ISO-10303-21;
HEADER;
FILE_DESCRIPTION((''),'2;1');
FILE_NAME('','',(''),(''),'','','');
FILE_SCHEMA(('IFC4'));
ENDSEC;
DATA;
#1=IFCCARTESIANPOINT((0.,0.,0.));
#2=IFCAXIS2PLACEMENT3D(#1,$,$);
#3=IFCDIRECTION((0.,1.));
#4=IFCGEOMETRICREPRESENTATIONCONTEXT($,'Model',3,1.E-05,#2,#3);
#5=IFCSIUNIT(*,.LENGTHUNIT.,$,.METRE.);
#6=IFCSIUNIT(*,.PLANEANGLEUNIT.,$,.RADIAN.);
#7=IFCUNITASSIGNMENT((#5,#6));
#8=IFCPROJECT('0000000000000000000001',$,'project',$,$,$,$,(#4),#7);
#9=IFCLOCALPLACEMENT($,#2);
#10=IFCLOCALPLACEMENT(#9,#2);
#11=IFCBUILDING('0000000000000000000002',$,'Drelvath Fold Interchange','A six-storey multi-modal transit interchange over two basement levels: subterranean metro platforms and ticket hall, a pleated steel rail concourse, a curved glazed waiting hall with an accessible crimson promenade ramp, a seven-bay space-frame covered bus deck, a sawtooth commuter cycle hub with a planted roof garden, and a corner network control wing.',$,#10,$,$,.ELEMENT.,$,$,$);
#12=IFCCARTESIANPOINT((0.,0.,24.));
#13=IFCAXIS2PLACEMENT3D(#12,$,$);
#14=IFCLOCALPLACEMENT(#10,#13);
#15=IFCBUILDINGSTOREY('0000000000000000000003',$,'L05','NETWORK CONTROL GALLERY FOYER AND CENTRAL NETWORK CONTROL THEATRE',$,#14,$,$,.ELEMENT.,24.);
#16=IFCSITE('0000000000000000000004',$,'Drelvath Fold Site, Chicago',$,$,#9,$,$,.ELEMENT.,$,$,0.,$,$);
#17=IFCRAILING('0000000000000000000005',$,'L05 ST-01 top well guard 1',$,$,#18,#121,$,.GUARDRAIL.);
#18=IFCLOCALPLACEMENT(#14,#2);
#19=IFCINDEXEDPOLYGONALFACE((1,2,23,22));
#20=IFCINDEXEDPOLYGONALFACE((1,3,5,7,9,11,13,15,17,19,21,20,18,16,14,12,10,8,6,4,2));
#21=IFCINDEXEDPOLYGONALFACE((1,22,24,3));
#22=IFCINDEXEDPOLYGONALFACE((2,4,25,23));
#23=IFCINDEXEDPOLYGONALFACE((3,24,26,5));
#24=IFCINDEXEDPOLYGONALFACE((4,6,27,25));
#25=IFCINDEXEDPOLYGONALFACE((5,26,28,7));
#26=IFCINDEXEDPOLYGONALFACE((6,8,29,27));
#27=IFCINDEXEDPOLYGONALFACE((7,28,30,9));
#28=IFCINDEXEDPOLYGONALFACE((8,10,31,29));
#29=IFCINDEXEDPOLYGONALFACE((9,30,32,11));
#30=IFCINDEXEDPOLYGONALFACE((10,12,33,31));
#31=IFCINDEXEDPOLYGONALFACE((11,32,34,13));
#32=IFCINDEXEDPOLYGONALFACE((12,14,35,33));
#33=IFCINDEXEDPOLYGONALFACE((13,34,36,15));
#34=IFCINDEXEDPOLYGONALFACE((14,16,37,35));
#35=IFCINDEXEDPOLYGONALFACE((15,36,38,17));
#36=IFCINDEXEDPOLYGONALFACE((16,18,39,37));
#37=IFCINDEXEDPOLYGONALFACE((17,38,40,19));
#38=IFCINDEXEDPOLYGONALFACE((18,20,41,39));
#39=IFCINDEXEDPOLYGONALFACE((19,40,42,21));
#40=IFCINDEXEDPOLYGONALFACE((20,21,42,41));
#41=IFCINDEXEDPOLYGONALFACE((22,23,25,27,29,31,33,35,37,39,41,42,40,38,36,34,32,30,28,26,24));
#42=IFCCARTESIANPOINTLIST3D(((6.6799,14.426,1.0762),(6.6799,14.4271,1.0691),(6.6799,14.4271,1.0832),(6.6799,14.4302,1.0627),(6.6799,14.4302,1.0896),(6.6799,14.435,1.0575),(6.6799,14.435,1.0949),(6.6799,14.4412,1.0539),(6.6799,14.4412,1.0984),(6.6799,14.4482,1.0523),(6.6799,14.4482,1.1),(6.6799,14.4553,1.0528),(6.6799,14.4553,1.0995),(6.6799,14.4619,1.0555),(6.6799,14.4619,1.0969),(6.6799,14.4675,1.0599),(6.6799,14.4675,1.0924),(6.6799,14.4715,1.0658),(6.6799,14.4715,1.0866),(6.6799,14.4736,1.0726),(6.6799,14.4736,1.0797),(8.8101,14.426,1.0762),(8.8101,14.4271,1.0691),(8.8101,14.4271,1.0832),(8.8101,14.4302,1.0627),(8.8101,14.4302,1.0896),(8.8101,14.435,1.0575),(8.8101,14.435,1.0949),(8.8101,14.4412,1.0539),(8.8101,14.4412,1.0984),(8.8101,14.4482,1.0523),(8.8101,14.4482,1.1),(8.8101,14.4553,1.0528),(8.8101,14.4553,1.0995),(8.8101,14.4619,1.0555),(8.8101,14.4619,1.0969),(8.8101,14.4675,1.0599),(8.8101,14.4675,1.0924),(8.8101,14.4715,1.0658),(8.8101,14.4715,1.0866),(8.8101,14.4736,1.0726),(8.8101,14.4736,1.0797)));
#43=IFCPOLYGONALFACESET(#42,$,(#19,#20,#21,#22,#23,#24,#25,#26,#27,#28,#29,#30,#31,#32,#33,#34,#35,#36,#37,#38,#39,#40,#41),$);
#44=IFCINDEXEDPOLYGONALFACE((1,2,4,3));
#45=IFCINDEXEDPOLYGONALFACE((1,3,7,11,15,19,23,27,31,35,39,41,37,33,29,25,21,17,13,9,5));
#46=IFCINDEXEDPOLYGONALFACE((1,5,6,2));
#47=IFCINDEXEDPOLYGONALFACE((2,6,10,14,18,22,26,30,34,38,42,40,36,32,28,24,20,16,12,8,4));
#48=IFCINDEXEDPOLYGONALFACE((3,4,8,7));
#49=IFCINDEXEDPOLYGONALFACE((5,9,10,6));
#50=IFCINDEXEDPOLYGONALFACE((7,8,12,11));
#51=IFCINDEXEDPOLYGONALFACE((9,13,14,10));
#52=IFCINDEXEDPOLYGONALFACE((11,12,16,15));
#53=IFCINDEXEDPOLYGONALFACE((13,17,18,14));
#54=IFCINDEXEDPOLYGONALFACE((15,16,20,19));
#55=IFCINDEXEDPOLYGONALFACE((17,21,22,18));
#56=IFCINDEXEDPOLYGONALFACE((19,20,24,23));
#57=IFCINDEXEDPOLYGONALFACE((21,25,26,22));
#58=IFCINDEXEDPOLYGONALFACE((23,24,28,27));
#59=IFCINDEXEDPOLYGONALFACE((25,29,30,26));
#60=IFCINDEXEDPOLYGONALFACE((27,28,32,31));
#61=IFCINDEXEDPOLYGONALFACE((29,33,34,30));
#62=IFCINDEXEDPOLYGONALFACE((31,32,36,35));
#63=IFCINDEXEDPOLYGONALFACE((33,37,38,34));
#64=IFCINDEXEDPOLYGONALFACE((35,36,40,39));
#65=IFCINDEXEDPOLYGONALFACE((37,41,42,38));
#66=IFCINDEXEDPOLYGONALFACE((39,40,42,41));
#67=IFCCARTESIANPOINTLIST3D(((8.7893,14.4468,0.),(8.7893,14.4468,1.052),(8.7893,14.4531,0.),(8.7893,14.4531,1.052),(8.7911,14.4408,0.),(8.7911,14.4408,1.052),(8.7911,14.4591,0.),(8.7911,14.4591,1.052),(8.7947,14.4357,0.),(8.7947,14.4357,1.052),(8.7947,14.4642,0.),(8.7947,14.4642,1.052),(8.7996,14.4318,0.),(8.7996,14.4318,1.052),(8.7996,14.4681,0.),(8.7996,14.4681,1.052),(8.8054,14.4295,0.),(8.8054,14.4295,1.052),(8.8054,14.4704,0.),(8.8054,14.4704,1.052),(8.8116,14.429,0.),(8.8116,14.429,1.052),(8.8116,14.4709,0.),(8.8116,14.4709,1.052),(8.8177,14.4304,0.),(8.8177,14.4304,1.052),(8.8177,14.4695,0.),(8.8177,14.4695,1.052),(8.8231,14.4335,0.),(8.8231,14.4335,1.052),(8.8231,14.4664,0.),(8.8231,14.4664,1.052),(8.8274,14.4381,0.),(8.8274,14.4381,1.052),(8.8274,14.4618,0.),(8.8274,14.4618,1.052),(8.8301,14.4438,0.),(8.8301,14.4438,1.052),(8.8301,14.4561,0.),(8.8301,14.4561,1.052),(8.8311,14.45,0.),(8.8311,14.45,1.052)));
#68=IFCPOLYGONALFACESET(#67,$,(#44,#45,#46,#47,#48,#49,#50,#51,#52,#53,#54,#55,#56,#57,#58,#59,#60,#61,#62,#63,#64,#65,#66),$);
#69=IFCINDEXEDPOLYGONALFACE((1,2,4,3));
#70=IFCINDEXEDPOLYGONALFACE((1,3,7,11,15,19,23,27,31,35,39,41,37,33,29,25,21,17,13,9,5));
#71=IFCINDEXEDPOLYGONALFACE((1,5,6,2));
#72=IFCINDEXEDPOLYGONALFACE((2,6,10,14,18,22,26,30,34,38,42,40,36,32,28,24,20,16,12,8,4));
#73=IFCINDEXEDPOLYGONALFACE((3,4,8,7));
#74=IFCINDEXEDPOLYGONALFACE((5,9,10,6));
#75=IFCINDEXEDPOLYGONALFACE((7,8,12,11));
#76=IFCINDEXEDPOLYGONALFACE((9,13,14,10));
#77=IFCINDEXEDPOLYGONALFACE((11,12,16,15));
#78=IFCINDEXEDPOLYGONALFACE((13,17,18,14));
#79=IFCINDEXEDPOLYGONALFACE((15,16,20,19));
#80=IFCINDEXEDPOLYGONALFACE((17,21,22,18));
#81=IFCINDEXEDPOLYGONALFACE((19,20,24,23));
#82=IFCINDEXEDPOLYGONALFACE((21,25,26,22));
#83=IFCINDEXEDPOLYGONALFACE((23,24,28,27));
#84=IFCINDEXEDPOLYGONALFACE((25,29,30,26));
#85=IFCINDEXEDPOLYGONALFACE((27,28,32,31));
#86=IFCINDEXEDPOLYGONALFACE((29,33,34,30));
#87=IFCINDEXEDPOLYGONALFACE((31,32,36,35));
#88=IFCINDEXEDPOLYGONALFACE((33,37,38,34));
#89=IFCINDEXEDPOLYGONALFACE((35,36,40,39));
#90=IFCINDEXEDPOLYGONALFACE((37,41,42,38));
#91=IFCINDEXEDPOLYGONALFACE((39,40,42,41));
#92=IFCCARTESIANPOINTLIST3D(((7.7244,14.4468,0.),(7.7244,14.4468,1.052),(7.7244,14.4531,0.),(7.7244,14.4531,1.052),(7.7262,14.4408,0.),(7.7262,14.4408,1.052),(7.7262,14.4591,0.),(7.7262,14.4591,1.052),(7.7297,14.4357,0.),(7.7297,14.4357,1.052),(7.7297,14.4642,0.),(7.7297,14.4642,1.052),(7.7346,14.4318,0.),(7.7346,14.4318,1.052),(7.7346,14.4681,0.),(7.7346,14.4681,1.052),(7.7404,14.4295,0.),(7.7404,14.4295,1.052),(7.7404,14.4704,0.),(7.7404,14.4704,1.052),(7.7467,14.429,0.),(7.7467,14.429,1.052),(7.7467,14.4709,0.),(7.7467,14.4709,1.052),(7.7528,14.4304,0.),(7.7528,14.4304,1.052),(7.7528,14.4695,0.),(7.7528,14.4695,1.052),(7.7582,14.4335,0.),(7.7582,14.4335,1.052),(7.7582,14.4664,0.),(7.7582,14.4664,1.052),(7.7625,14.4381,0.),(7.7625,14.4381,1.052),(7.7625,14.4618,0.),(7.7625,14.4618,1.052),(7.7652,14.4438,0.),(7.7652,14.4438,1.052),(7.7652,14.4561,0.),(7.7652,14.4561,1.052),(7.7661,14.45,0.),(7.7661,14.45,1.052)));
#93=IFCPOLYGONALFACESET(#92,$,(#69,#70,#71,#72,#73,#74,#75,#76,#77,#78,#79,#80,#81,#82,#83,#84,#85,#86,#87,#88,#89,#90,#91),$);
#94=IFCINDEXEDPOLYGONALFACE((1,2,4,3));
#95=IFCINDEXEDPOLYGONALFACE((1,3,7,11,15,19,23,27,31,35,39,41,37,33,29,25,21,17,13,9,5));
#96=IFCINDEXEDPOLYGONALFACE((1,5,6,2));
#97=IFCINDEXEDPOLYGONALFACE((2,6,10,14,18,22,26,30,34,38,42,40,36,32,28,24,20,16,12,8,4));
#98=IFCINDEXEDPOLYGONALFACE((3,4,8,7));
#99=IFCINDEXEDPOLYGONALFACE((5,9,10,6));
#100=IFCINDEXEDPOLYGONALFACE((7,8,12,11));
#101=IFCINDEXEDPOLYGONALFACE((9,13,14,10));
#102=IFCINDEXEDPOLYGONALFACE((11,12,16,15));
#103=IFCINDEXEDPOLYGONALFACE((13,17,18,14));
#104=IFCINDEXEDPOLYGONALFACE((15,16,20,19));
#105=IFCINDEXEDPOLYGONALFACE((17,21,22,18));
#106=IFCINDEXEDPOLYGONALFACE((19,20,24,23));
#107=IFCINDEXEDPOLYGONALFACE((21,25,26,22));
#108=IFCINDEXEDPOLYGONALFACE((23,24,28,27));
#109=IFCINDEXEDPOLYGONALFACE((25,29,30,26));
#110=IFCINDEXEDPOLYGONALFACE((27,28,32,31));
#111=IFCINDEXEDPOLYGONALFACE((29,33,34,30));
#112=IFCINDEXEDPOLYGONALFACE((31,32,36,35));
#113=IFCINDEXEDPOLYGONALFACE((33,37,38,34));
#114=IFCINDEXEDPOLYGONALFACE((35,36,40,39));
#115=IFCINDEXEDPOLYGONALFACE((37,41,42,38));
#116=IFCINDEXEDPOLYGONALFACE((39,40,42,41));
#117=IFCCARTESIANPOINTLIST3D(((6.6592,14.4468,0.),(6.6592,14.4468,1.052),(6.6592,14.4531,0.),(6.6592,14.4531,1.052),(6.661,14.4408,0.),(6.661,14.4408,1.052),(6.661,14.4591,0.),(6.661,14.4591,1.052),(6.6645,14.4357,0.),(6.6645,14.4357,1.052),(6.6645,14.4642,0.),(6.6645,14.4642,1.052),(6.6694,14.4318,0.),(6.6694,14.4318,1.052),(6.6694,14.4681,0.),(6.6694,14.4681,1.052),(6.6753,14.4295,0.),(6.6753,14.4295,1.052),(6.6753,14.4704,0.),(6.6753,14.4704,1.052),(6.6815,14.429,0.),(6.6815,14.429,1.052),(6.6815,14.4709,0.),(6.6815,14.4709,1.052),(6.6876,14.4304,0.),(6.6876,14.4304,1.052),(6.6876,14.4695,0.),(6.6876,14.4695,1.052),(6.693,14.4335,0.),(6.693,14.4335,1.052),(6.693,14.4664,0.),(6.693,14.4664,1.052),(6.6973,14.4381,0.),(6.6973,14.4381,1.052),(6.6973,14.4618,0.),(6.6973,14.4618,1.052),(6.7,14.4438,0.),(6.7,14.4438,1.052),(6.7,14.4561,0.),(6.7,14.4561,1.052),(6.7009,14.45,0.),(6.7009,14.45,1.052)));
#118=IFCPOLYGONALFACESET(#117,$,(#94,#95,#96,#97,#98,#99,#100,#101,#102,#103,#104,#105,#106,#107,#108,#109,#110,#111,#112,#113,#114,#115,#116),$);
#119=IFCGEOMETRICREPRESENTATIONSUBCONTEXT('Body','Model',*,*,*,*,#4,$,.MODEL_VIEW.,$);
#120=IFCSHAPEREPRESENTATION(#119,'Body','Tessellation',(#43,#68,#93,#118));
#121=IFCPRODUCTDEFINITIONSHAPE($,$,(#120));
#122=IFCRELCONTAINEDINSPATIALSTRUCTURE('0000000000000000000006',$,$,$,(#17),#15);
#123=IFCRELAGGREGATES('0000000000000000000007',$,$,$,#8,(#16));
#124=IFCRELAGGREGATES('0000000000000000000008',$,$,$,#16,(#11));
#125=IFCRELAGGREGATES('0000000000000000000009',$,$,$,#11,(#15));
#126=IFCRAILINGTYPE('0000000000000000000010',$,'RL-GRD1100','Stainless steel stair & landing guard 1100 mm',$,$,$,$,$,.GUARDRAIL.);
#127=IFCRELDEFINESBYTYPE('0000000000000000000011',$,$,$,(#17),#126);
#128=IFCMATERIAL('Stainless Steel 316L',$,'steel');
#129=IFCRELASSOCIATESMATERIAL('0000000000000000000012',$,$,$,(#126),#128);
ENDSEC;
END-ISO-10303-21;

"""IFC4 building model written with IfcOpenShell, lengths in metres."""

from ifc_helpers import new_model, si_unit, direction, frame, origin, origin_2d, place, context, subcontext, project, spatial, circle, extrude, material, type_object, element, save


model = new_model("IFC4")

# Units and contexts
model_context = context("Model", 3, precision=1e-05, world=origin(), true_north=direction((0.0, 1.0)))
body_context = subcontext(model_context, "Body", "Model", "MODEL_VIEW")
ifc_project = project(units=[si_unit("LENGTHUNIT", "METRE"), si_unit("PLANEANGLEUNIT", "RADIAN")], contexts=[model_context])

# Site, building, storey
site_placement = place(None, origin())
site = spatial("IfcSite", under=ifc_project, at=site_placement, Name="Drelvath Fold Site, Chicago", CompositionType="ELEMENT", RefElevation=0.0)
building_placement = place(site_placement, origin())
building = spatial("IfcBuilding", under=site, at=building_placement, Name="Drelvath Fold Interchange", Description="A six-storey multi-modal transit interchange over two basement levels: subterranean metro platforms and ticket hall, a pleated steel rail concourse, a curved glazed waiting hall with an accessible crimson promenade ramp, a seven-bay space-frame covered bus deck, a sawtooth commuter cycle hub with a planted roof garden, and a corner network control wing.", CompositionType="ELEMENT")
storey_placement = place(building_placement, frame((0.0, 0.0, 24.0)))
storey = spatial("IfcBuildingStorey", under=building, at=storey_placement, Name="L05", Description="NETWORK CONTROL GALLERY FOYER AND CENTRAL NETWORK CONTROL THEATRE", CompositionType="ELEMENT", Elevation=24.0)

# Railing
ifc_material_1 = material(Name="Stainless Steel 316L", Category="steel")
railing_type = type_object("IfcRailingType", Name="RL-GRD1100", Description="Stainless steel stair & landing guard 1100 mm", PredefinedType="GUARDRAIL", material=ifc_material_1)
railing_placement = place(storey_placement, frame((8.8101, 14.45, 0.0)))
element("IfcRailing", 1, at=railing_placement, inside=storey, type_object=railing_type, Name="L05 ST-01 top well guard 1", PredefinedType="GUARDRAIL", context=body_context, shape_type="SweptSolid", body=[
    extrude(circle(Radius=0.0239, at=origin_2d()), frame((0.0, 0.0, 1.0762), z_axis=(-1.0, 0.0, 0.0), x_axis=(0.0, -1.0, 0.0)), (0.0, 0.0, 1.0), 2.1301),
    extrude(circle(Radius=0.021, at=origin_2d()), origin(), (0.0, 0.0, 1.0), 1.052),
    extrude(circle(Radius=0.021, at=origin_2d()), frame((-1.0649, 0.0, 0.0)), (0.0, 0.0, 1.0), 1.052),
    extrude(circle(Radius=0.021, at=origin_2d()), frame((-2.1301, 0.0, 0.0)), (0.0, 0.0, 1.0), 1.052),
])

save(model, "model.ifc")
